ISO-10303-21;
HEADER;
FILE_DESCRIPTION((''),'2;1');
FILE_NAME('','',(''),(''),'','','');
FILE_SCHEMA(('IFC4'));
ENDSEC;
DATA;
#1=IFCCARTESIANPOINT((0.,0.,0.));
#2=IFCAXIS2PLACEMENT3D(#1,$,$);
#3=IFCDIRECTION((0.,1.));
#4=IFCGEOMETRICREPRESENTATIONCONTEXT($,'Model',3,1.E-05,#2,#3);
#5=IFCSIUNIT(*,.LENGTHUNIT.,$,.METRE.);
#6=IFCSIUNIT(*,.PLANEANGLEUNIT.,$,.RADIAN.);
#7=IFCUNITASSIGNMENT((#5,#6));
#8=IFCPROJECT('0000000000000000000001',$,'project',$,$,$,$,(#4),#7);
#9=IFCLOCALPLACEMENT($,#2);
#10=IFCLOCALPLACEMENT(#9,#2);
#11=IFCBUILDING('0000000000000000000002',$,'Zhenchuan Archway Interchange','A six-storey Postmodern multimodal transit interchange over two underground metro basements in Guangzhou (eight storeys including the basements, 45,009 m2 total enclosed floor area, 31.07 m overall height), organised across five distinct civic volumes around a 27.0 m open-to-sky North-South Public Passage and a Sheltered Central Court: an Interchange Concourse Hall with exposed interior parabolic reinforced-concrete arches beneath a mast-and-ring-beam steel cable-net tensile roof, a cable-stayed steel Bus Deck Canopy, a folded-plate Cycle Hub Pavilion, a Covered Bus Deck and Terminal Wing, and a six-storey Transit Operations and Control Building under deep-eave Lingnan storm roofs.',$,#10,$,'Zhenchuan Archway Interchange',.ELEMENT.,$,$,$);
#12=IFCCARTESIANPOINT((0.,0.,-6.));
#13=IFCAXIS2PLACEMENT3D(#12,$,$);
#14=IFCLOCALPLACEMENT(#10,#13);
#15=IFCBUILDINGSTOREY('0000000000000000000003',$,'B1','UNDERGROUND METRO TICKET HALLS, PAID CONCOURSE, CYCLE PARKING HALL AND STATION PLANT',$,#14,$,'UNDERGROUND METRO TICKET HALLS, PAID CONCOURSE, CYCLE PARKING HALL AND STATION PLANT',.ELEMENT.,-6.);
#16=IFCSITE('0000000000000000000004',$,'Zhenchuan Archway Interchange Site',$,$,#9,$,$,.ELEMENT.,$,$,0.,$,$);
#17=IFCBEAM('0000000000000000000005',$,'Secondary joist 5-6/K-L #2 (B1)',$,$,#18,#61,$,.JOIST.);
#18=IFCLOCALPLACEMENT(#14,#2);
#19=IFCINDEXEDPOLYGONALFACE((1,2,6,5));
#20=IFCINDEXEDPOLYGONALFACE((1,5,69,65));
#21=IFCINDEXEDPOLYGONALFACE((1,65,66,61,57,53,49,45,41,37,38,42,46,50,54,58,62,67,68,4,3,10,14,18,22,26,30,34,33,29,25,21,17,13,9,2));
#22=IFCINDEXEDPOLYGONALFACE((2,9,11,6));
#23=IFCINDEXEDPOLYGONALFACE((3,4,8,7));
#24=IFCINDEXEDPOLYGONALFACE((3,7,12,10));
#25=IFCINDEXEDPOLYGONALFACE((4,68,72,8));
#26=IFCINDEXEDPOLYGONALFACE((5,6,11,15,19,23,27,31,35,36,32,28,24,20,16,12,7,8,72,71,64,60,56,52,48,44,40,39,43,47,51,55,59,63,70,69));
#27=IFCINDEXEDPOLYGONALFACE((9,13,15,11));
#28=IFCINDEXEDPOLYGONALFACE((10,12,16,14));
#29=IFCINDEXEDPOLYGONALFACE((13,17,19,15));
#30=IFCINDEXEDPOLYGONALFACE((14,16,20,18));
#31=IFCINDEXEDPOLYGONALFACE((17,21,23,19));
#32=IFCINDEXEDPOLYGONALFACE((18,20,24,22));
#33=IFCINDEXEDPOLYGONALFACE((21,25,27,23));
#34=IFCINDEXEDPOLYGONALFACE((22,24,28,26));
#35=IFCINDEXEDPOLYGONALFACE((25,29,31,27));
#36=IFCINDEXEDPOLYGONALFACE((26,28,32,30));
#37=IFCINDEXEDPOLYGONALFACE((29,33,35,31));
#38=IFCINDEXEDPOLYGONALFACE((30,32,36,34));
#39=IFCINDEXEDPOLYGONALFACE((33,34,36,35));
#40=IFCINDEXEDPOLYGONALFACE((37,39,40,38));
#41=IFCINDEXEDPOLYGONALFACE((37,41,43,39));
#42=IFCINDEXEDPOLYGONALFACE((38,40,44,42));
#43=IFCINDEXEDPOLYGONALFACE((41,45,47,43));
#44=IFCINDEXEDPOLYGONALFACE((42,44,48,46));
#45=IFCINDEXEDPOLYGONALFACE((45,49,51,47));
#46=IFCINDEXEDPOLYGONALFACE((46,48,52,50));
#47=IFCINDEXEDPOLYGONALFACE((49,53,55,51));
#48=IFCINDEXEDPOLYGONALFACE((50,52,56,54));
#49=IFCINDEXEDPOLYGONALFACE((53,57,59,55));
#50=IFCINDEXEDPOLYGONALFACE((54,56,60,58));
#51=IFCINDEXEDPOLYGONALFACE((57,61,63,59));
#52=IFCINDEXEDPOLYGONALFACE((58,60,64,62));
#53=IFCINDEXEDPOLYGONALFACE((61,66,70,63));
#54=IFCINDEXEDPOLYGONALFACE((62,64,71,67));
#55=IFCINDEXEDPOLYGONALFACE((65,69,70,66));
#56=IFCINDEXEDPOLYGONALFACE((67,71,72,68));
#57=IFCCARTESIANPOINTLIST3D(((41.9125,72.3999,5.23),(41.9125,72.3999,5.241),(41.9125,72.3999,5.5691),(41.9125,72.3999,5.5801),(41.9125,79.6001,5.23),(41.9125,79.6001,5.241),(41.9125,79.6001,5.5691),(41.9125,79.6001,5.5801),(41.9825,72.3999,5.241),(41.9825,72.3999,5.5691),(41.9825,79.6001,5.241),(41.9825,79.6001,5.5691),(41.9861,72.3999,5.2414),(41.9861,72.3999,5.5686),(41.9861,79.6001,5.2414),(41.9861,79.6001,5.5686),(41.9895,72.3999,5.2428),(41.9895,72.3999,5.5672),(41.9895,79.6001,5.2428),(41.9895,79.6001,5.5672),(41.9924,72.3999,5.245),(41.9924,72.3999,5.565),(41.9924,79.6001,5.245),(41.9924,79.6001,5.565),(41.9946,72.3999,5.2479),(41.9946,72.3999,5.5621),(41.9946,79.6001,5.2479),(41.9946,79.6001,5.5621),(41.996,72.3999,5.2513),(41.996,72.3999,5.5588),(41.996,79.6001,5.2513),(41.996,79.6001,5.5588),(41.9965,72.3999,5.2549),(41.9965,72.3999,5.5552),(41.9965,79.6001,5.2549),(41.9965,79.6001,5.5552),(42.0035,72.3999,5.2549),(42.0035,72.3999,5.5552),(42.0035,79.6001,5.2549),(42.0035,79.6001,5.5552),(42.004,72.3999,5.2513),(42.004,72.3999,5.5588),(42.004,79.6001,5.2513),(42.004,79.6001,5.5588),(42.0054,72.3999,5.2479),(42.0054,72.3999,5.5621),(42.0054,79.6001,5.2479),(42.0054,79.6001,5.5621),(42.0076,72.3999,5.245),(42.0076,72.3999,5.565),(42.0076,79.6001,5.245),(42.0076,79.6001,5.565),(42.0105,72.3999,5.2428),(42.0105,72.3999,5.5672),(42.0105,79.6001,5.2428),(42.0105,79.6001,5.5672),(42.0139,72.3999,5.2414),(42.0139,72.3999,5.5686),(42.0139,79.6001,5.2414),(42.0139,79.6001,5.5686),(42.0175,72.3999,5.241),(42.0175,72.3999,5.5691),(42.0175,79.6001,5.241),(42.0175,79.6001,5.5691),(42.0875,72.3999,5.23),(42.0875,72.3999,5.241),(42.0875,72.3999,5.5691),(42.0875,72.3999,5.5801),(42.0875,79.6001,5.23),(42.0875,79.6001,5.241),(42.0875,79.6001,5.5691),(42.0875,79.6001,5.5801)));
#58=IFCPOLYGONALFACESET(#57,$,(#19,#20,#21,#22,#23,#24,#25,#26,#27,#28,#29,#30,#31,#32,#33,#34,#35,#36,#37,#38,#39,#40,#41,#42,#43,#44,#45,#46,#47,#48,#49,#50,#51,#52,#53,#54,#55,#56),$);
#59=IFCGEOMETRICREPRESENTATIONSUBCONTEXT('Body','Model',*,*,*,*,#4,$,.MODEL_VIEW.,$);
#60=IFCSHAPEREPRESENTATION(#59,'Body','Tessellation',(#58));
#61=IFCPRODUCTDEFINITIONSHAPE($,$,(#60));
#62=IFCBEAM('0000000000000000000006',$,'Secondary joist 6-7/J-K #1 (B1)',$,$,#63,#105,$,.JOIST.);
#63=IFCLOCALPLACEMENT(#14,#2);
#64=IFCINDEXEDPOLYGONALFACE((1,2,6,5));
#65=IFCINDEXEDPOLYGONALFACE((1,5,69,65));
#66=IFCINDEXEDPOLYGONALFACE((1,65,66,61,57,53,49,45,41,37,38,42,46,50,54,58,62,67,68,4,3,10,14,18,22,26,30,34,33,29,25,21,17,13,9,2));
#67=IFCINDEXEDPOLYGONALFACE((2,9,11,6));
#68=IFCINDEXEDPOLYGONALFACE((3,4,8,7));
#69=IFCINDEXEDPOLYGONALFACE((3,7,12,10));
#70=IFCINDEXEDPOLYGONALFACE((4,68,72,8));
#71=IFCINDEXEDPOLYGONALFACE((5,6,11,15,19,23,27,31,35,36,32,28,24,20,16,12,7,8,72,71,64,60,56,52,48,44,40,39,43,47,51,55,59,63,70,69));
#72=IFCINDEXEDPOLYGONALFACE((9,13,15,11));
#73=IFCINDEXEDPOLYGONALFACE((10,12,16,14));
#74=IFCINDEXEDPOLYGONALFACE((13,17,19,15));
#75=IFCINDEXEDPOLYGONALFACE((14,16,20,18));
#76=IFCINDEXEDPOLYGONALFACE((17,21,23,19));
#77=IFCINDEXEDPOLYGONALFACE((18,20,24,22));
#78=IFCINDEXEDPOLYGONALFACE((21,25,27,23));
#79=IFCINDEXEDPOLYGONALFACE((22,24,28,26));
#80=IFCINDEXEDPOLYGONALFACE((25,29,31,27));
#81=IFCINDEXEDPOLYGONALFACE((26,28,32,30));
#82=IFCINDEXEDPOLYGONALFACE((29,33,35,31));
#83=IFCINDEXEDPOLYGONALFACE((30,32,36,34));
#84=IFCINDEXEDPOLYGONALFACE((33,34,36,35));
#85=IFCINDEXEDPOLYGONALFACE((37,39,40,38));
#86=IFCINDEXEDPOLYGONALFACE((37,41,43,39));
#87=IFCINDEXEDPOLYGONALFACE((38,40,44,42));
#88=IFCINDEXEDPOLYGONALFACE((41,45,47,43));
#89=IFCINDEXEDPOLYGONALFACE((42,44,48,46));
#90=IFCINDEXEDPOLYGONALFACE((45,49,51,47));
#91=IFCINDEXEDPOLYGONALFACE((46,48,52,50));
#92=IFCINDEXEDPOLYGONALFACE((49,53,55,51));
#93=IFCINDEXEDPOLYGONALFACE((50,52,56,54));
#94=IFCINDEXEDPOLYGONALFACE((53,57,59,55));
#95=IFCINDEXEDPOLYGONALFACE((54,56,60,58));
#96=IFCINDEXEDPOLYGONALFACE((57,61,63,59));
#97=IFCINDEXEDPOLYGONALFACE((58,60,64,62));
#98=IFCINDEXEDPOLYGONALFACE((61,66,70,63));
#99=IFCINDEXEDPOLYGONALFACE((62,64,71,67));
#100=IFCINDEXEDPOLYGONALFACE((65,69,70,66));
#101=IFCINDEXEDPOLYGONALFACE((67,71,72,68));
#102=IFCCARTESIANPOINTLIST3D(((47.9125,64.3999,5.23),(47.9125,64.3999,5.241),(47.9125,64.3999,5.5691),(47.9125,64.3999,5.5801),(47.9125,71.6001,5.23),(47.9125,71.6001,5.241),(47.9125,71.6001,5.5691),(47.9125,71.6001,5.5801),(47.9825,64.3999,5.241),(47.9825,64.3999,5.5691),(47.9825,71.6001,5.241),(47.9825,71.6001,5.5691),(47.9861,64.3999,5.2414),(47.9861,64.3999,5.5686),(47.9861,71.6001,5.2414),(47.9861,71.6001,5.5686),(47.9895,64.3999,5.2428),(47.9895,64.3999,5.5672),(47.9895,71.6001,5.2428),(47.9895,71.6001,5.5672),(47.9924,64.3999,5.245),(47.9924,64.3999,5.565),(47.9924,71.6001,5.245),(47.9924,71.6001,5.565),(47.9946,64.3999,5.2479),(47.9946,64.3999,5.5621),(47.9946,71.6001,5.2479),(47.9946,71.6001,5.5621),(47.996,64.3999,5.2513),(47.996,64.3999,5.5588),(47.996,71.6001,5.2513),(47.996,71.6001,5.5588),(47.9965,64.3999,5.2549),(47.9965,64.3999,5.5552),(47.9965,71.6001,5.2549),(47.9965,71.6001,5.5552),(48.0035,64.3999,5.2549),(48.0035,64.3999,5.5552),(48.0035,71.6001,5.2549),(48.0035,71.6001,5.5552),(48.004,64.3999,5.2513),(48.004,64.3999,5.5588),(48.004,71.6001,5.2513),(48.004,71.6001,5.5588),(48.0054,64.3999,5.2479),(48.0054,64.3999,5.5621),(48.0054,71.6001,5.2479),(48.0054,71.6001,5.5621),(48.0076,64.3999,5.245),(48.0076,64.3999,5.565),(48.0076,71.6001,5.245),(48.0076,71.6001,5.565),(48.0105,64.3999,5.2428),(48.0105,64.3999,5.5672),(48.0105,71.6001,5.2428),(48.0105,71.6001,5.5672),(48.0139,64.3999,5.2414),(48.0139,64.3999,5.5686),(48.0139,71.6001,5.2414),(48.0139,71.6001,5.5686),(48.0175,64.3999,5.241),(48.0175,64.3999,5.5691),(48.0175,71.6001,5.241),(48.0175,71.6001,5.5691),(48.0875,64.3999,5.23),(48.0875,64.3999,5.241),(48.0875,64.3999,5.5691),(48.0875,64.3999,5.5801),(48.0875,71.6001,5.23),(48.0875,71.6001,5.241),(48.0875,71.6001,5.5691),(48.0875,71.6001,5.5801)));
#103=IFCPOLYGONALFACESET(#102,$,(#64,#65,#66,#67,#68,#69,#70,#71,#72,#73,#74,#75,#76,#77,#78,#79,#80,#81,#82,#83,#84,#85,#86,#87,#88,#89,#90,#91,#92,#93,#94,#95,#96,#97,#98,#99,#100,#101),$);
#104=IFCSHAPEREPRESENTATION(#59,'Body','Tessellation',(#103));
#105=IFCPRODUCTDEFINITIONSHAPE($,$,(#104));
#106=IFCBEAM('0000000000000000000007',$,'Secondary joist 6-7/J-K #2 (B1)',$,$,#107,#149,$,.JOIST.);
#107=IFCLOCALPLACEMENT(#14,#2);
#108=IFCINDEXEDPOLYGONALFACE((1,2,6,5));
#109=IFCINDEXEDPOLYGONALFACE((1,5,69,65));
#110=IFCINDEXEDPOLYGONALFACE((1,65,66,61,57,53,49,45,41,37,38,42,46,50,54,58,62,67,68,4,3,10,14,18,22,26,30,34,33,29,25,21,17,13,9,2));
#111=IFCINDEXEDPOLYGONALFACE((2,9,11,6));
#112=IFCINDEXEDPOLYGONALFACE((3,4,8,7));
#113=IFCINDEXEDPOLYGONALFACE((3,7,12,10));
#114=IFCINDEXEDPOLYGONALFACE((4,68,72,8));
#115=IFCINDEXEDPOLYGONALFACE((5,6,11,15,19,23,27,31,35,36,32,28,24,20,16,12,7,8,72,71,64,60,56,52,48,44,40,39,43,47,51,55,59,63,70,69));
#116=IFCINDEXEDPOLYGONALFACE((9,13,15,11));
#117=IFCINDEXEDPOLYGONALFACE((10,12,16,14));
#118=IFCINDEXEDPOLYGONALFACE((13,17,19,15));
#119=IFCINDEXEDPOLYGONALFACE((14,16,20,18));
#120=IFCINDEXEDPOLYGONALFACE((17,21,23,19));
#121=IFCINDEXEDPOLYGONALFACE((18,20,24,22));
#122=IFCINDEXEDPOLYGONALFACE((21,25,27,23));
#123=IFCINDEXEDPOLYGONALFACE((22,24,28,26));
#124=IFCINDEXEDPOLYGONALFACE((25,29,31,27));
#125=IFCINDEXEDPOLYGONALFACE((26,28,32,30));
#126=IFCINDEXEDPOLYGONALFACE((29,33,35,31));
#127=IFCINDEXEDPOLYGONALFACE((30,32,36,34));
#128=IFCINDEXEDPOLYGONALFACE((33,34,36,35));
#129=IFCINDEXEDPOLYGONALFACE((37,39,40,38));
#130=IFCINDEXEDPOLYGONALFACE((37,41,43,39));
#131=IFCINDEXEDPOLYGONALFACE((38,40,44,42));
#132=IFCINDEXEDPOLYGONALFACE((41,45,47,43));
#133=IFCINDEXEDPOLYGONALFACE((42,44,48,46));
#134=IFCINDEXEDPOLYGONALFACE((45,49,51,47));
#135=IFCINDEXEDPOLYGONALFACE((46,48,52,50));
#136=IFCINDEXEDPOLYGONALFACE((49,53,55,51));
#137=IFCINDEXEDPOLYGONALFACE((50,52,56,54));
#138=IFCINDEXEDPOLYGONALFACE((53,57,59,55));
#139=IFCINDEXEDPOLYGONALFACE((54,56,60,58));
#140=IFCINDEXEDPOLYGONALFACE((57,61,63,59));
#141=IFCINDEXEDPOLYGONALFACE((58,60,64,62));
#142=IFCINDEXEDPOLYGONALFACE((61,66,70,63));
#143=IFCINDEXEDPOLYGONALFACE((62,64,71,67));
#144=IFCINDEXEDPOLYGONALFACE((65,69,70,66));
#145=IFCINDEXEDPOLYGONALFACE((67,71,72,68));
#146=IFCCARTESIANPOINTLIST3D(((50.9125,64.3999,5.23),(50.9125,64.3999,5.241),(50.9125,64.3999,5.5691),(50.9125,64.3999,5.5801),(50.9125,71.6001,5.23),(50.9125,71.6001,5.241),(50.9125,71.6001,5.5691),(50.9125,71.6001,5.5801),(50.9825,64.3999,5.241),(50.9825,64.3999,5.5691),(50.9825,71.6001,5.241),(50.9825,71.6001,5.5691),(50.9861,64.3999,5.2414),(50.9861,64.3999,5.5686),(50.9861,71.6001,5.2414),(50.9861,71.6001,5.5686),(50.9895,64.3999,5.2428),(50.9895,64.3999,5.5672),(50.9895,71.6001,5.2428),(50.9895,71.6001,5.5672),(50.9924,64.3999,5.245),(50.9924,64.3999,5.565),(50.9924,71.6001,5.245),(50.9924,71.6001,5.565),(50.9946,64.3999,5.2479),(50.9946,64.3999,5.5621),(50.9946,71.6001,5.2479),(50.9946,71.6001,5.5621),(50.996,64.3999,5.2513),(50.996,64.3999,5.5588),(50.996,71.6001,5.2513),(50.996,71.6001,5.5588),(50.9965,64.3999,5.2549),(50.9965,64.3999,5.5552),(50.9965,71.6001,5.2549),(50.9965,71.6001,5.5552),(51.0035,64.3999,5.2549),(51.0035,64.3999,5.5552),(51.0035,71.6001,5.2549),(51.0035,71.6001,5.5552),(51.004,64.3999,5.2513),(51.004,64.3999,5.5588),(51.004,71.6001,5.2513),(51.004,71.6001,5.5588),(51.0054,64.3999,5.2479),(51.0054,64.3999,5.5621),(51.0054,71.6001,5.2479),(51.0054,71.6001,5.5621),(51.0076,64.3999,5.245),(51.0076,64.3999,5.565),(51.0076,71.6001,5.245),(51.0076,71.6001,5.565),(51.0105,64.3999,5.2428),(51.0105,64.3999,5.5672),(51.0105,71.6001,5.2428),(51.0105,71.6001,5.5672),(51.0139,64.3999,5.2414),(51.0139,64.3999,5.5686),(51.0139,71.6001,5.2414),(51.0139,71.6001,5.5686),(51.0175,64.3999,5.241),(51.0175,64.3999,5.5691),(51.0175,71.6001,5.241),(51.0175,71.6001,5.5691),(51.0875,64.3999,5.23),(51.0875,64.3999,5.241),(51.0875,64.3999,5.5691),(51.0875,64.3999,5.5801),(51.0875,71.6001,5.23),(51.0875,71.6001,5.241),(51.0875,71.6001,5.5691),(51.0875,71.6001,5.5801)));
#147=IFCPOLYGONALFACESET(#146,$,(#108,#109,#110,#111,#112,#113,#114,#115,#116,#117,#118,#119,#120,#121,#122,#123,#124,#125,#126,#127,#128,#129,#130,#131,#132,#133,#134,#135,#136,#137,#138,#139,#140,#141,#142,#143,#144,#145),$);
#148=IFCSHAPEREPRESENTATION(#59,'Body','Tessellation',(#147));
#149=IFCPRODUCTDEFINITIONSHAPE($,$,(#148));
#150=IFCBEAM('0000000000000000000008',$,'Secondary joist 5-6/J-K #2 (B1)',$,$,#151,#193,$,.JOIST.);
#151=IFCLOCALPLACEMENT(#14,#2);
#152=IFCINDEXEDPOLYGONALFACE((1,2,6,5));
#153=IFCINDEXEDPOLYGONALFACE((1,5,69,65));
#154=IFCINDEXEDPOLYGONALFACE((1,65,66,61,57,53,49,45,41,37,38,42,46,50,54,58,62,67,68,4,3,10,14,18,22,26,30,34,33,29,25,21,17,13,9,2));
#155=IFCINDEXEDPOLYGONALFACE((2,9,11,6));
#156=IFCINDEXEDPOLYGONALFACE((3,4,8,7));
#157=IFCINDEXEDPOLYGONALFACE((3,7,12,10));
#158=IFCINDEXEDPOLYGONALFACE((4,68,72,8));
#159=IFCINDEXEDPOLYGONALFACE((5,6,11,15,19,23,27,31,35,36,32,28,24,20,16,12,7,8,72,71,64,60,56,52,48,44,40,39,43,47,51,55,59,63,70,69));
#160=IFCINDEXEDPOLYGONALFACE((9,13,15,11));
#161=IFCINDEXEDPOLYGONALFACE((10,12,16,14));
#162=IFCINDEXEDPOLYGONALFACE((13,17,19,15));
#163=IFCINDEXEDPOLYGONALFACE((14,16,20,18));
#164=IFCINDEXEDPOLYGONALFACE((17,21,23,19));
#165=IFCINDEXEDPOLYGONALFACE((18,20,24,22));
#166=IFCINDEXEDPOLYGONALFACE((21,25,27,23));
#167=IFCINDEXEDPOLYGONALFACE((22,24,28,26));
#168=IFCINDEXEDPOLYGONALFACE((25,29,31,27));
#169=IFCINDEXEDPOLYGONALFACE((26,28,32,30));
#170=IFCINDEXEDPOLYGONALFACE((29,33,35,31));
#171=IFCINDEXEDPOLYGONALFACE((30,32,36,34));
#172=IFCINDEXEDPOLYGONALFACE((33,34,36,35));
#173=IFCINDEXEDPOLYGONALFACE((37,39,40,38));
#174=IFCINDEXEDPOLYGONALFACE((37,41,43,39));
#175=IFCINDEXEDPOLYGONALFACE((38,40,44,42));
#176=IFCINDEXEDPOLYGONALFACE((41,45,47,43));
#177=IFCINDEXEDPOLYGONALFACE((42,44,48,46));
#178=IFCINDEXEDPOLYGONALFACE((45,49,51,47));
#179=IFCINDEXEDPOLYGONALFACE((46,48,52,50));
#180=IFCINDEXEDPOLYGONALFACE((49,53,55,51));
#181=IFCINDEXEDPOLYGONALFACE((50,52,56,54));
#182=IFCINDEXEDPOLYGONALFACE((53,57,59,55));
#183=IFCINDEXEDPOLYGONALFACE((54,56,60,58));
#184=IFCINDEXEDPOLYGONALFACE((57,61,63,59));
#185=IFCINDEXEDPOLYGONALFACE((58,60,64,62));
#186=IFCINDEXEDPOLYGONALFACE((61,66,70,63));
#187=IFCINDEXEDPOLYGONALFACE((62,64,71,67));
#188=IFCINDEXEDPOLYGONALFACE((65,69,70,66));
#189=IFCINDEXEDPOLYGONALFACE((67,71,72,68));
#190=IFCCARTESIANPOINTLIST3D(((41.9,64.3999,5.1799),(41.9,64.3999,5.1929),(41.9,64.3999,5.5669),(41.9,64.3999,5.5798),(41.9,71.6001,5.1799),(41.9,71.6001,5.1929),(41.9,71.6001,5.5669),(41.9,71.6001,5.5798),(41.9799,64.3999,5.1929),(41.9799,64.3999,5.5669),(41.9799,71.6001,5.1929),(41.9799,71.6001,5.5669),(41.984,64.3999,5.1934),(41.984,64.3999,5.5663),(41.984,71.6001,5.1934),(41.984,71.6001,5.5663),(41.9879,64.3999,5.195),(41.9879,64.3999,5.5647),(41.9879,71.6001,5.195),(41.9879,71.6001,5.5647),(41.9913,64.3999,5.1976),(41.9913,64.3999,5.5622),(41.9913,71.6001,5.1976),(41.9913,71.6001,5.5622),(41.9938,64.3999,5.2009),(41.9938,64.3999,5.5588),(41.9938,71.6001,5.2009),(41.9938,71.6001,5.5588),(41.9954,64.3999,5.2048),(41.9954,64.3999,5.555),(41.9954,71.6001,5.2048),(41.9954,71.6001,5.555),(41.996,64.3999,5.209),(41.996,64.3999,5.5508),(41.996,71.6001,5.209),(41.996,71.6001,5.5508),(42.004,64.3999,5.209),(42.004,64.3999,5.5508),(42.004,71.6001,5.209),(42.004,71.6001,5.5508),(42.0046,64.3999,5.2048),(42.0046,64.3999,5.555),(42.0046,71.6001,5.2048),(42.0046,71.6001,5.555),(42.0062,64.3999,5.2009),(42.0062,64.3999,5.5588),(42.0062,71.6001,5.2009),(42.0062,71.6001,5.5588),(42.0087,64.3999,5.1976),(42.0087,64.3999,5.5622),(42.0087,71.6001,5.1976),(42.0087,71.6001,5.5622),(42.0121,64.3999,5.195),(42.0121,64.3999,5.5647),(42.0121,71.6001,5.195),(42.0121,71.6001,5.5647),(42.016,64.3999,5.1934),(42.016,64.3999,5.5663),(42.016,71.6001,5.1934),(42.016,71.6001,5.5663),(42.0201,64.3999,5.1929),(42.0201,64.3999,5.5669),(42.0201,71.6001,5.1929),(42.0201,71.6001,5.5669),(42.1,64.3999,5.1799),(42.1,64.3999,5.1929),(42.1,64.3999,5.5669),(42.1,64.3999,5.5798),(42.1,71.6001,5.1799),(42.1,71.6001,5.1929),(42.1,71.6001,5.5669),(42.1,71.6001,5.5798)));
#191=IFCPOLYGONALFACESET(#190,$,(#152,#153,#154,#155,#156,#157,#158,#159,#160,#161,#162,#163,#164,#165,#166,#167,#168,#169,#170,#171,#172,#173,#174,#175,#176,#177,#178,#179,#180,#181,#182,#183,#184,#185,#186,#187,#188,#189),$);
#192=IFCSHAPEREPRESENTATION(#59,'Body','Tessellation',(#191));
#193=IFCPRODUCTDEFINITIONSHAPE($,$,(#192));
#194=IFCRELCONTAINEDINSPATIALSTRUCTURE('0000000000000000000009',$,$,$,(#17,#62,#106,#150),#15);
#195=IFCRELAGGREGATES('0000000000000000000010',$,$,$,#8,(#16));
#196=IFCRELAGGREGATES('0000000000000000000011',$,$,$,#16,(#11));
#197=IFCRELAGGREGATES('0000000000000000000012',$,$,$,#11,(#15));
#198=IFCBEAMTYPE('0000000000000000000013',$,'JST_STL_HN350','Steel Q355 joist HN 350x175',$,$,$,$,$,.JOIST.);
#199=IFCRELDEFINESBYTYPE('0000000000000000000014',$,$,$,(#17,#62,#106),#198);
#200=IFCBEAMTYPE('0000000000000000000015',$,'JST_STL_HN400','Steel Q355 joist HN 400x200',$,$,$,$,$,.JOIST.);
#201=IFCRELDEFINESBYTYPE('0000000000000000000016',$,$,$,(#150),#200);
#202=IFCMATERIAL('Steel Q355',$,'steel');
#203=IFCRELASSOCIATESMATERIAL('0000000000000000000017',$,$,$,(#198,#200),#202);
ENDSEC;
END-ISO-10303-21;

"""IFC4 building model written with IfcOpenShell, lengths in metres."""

from ifc_helpers import new_model, si_unit, direction, frame, origin, origin_2d, place, context, subcontext, project, spatial, i_section, extrude, material, material_profile, profile_set, type_object, element, save


model = new_model("IFC4")

# Units and contexts
model_context = context("Model", 3, precision=1e-05, world=origin(), true_north=direction((0.0, 1.0)))
body_context = subcontext(model_context, "Body", "Model", "MODEL_VIEW")
ifc_project = project(units=[si_unit("LENGTHUNIT", "METRE"), si_unit("PLANEANGLEUNIT", "RADIAN")], contexts=[model_context])

# Site, building, storey
site_placement = place(None, origin())
site = spatial("IfcSite", under=ifc_project, at=site_placement, Name="Zhenchuan Archway Interchange Site", CompositionType="ELEMENT", RefElevation=0.0)
building_placement = place(site_placement, origin())
building = spatial("IfcBuilding", under=site, at=building_placement, Name="Zhenchuan Archway Interchange", Description="A six-storey Postmodern multimodal transit interchange over two underground metro basements in Guangzhou (eight storeys including the basements, 45,009 m2 total enclosed floor area, 31.07 m overall height), organised across five distinct civic volumes around a 27.0 m open-to-sky North-South Public Passage and a Sheltered Central Court: an Interchange Concourse Hall with exposed interior parabolic reinforced-concrete arches beneath a mast-and-ring-beam steel cable-net tensile roof, a cable-stayed steel Bus Deck Canopy, a folded-plate Cycle Hub Pavilion, a Covered Bus Deck and Terminal Wing, and a six-storey Transit Operations and Control Building under deep-eave Lingnan storm roofs.", LongName="Zhenchuan Archway Interchange", CompositionType="ELEMENT")
storey_placement = place(building_placement, frame((0.0, 0.0, -6.0)))
storey = spatial("IfcBuildingStorey", under=building, at=storey_placement, Name="B1", Description="UNDERGROUND METRO TICKET HALLS, PAID CONCOURSE, CYCLE PARKING HALL AND STATION PLANT", LongName="UNDERGROUND METRO TICKET HALLS, PAID CONCOURSE, CYCLE PARKING HALL AND STATION PLANT", CompositionType="ELEMENT", Elevation=-6.0)

# Beams
ifc_material_1 = material(Name="Steel Q355", Category="steel")
ifc_material_profile_1 = material_profile(ifc_material_1, i_section(OverallWidth=0.175, OverallDepth=0.3501, WebThickness=0.0071, FlangeThickness=0.011, FilletRadius=0.0139, at=origin_2d()), Name="HN 350x175")
ifc_profile_set_1 = profile_set([ifc_material_profile_1], Name="Steel Q355")
beam_type_1 = type_object("IfcBeamType", Name="JST_STL_HN350", Description="Steel Q355 joist HN 350x175", PredefinedType="JOIST", material=ifc_profile_set_1)
for number, where, z_axis, x_axis, name in (
    (1, (42.0, 72.3999, 5.405), (0.0, 1.0, 0.0), (-1.0, 0.0, 0.0), "Secondary joist 5-6/K-L #2 (B1)"),
    (2, (48.0, 64.3999, 5.405), (0.0, 1.0, 0.0), (-1.0, 0.0, 0.0), "Secondary joist 6-7/J-K #1 (B1)"),
    (3, (51.0, 64.3999, 5.405), (0.0, 1.0, 0.0), (-1.0, 0.0, 0.0), "Secondary joist 6-7/J-K #2 (B1)"),
):
    element("IfcBeam", number, at=place(storey_placement, frame(where, z_axis=z_axis, x_axis=x_axis)), inside=storey, type_object=beam_type_1, Name=name, PredefinedType="JOIST", context=body_context, shape_type="SweptSolid", body=[
        extrude(i_section(OverallWidth=0.175, OverallDepth=0.3501, WebThickness=0.0071, FlangeThickness=0.011, FilletRadius=0.0139, at=origin_2d()), origin(), (0.0, 0.0, 1.0), 7.2002),
    ])
ifc_material_profile_2 = material_profile(ifc_material_1, i_section(OverallWidth=0.2, OverallDepth=0.3999, WebThickness=0.0081, FlangeThickness=0.0129, FilletRadius=0.0161, at=origin_2d()), Name="HN 400x200")
ifc_profile_set_2 = profile_set([ifc_material_profile_2], Name="Steel Q355")
beam_type_2 = type_object("IfcBeamType", Name="JST_STL_HN400", Description="Steel Q355 joist HN 400x200", PredefinedType="JOIST", material=ifc_profile_set_2)
beam_1_placement = place(storey_placement, frame((42.0, 64.3999, 5.3799), z_axis=(0.0, 1.0, 0.0), x_axis=(-1.0, 0.0, 0.0)))
element("IfcBeam", 4, at=beam_1_placement, inside=storey, type_object=beam_type_2, Name="Secondary joist 5-6/J-K #2 (B1)", PredefinedType="JOIST", context=body_context, shape_type="SweptSolid", body=[
    extrude(i_section(OverallWidth=0.2, OverallDepth=0.3999, WebThickness=0.0081, FlangeThickness=0.0129, FilletRadius=0.0161, at=origin_2d()), origin(), (0.0, 0.0, 1.0), 7.2002),
])

save(model, "model.ifc")
